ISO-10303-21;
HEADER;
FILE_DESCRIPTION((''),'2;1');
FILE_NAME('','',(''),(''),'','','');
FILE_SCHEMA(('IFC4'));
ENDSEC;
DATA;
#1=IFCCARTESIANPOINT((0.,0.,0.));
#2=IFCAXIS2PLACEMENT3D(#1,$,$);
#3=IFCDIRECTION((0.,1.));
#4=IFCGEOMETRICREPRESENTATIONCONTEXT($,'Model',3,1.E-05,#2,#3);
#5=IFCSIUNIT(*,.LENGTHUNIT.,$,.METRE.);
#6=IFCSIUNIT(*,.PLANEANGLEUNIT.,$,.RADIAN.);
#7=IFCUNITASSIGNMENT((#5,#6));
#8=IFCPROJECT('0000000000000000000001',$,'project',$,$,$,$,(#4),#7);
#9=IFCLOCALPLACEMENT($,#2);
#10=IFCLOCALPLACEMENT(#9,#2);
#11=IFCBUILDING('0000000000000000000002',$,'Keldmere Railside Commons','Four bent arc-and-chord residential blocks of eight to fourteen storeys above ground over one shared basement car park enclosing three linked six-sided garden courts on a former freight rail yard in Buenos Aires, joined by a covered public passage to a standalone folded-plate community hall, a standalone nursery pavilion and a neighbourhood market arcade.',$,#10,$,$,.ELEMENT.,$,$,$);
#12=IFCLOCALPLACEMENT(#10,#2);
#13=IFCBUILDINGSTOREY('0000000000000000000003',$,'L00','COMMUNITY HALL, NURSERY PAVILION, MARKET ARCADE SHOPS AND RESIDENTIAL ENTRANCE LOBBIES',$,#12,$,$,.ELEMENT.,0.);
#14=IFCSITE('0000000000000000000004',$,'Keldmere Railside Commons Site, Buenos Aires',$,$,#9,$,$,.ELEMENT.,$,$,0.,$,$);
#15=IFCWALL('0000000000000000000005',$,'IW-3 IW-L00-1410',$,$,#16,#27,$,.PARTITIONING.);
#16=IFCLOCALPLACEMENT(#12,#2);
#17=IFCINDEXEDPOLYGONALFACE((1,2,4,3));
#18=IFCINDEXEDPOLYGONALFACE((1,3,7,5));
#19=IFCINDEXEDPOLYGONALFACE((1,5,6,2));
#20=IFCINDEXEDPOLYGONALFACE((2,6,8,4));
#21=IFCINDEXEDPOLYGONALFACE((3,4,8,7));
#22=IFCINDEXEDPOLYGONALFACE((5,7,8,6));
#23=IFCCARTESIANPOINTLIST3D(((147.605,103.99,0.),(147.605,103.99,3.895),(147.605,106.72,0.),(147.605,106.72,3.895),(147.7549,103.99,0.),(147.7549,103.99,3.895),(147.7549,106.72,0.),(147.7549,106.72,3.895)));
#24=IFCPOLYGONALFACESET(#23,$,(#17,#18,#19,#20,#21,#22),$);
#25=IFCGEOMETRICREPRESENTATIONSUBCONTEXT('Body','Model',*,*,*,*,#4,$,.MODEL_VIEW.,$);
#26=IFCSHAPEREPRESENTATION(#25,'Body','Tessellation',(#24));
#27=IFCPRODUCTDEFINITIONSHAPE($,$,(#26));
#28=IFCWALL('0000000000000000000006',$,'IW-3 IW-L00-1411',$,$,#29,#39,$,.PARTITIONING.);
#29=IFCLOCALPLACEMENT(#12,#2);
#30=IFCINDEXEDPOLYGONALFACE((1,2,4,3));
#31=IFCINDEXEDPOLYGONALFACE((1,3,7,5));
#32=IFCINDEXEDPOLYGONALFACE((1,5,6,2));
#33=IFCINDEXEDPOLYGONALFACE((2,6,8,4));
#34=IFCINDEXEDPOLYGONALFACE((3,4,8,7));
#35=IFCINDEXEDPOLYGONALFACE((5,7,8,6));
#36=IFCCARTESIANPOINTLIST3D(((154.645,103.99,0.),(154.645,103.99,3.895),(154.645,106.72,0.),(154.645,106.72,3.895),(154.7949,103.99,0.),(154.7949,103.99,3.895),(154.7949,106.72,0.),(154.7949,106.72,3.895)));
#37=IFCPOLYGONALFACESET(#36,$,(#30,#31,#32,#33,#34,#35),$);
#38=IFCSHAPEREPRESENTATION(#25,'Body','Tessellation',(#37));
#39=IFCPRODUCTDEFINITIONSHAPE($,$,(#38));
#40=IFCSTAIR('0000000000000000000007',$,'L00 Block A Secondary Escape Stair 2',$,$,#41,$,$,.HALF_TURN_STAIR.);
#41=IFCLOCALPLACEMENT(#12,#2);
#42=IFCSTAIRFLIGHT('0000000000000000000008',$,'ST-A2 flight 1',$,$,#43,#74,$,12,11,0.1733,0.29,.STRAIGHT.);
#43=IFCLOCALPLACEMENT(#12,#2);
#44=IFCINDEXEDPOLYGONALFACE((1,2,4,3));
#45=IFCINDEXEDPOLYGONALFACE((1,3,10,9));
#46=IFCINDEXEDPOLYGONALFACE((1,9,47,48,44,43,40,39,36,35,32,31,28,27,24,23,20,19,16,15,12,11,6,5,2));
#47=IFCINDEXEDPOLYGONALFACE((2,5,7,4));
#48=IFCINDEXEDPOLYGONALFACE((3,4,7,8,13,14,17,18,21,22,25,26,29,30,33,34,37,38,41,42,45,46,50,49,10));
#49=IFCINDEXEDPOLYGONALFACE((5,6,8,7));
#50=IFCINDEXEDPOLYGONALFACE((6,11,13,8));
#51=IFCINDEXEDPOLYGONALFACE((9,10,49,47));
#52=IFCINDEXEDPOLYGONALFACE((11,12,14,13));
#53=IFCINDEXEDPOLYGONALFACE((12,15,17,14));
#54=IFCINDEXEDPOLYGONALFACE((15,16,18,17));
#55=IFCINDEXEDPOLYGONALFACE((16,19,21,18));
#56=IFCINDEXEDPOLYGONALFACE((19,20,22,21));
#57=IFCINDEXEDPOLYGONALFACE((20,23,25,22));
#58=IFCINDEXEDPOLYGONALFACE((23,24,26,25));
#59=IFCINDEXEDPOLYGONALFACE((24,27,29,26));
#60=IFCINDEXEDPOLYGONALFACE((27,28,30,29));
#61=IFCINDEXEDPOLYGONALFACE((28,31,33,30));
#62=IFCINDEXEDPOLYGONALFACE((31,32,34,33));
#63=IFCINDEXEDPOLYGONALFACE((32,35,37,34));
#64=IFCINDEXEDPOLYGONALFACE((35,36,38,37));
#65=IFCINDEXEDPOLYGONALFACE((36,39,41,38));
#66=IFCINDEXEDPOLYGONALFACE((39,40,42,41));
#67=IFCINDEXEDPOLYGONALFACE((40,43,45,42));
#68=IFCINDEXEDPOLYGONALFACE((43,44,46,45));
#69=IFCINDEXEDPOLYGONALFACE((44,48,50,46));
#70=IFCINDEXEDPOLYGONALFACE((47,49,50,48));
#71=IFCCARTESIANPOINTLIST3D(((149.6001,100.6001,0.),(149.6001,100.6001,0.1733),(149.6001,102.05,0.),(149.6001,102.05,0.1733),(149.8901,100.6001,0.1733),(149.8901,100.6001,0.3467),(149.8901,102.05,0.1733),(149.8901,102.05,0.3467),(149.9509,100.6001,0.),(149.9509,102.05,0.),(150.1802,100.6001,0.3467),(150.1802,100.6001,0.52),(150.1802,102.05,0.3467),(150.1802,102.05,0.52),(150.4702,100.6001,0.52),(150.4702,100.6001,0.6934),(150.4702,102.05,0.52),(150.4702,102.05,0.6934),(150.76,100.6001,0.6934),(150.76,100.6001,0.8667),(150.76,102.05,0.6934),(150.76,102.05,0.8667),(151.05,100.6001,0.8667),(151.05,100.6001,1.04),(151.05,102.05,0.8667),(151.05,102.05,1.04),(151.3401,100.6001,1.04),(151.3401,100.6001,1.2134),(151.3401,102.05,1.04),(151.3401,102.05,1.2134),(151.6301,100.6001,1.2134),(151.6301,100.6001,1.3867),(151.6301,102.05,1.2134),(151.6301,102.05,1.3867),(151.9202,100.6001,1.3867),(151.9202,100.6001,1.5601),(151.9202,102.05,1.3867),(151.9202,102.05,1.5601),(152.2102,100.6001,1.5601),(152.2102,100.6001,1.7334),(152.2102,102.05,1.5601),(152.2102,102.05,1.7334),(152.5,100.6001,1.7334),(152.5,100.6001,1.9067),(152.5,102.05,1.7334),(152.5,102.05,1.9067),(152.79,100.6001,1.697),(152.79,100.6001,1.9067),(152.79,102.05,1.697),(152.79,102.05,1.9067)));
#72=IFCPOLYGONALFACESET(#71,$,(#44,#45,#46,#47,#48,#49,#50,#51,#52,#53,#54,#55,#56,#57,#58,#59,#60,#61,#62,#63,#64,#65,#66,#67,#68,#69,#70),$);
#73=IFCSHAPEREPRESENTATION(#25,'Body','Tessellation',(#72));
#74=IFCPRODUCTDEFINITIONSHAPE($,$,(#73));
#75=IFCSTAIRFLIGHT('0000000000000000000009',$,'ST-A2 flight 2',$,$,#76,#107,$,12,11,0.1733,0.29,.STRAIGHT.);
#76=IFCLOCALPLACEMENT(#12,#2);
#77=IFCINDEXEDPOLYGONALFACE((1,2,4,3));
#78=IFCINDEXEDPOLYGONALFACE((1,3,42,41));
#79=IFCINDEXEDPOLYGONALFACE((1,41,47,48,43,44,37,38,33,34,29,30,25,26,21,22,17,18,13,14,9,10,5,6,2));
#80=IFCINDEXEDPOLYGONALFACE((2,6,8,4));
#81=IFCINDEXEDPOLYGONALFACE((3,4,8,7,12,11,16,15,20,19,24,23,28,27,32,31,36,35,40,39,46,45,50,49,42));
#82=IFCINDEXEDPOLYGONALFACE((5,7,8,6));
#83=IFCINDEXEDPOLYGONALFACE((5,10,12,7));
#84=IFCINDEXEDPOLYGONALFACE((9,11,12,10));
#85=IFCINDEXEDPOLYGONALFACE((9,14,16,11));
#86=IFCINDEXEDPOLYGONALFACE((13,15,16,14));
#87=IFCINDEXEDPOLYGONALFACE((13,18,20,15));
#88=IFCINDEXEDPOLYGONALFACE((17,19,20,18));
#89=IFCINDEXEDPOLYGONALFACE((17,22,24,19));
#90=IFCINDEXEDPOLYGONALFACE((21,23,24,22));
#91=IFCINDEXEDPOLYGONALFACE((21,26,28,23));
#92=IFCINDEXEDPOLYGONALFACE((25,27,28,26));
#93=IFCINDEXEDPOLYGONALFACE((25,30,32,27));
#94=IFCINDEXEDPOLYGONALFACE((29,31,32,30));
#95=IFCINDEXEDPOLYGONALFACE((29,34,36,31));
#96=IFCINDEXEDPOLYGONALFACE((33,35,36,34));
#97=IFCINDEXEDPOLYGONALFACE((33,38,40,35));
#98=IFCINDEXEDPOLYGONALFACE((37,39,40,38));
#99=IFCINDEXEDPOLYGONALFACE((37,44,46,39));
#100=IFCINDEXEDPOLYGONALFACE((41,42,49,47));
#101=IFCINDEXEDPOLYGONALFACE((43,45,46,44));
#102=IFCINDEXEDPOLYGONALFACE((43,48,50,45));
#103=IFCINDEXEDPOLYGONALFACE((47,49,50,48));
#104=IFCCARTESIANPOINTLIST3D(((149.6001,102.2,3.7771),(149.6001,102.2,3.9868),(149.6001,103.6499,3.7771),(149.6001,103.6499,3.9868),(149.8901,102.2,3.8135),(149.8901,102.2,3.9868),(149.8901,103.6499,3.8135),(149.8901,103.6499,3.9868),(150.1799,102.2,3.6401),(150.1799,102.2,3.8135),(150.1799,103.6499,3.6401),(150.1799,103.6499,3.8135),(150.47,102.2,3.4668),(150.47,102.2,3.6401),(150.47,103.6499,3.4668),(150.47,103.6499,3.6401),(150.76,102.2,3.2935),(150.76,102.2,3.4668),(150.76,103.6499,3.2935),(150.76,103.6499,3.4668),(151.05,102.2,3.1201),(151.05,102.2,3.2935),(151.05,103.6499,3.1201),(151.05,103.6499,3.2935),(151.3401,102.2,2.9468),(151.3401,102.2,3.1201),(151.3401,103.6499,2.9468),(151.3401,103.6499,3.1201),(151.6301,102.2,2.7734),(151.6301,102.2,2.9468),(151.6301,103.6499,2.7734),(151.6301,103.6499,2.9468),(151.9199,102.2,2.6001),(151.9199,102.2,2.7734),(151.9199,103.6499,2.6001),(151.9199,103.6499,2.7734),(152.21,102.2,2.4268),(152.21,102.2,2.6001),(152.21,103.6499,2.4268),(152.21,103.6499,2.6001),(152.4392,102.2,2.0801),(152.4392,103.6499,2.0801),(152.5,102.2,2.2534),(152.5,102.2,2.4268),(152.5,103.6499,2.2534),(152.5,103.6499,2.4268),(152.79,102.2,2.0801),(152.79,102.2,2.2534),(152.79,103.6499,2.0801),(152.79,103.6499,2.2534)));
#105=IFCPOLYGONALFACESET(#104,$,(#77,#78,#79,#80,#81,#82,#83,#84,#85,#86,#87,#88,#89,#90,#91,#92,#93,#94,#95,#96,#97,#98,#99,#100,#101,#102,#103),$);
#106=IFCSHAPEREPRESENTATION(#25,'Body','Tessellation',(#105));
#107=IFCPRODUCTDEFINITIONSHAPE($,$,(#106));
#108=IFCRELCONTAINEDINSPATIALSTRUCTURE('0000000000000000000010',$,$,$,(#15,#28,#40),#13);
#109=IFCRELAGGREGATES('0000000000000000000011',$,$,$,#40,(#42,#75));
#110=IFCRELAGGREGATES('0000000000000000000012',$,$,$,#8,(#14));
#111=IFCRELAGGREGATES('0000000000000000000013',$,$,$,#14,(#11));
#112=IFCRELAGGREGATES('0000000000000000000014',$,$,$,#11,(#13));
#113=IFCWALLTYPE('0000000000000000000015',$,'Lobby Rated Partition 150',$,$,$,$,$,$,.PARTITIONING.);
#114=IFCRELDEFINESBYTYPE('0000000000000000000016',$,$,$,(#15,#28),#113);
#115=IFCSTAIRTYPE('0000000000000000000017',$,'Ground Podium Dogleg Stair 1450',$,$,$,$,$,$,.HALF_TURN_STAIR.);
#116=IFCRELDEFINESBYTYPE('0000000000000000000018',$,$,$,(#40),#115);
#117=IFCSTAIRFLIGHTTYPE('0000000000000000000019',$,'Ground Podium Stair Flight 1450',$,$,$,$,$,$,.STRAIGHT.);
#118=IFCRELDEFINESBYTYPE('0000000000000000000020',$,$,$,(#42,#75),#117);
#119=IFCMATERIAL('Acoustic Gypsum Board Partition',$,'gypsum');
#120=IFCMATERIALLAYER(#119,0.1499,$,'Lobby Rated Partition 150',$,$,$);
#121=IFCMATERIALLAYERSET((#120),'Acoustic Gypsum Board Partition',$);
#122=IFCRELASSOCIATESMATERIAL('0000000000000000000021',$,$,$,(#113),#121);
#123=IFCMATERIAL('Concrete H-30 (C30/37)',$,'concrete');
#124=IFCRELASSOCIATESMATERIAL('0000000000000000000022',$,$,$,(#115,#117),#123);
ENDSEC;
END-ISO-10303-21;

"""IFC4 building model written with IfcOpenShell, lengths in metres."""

from ifc_helpers import new_model, si_unit, direction, frame, frame_2d, origin, place, context, subcontext, project, spatial, polyline, rectangle, outline, extrude, material, layer, layer_set, type_object, element, aggregate, save


model = new_model("IFC4")

# Units and contexts
model_context = context("Model", 3, precision=1e-05, world=origin(), true_north=direction((0.0, 1.0)))
body_context = subcontext(model_context, "Body", "Model", "MODEL_VIEW")
ifc_project = project(units=[si_unit("LENGTHUNIT", "METRE"), si_unit("PLANEANGLEUNIT", "RADIAN")], contexts=[model_context])

# Site, building, storey
site_placement = place(None, origin())
site = spatial("IfcSite", under=ifc_project, at=site_placement, Name="Keldmere Railside Commons Site, Buenos Aires", CompositionType="ELEMENT", RefElevation=0.0)
building_placement = place(site_placement, origin())
building = spatial("IfcBuilding", under=site, at=building_placement, Name="Keldmere Railside Commons", Description="Four bent arc-and-chord residential blocks of eight to fourteen storeys above ground over one shared basement car park enclosing three linked six-sided garden courts on a former freight rail yard in Buenos Aires, joined by a covered public passage to a standalone folded-plate community hall, a standalone nursery pavilion and a neighbourhood market arcade.", CompositionType="ELEMENT")
storey_placement = place(building_placement, origin())
storey = spatial("IfcBuildingStorey", under=building, at=storey_placement, Name="L00", Description="COMMUNITY HALL, NURSERY PAVILION, MARKET ARCADE SHOPS AND RESIDENTIAL ENTRANCE LOBBIES", CompositionType="ELEMENT", Elevation=0.0)

# Shared definitions
ifc_material_1 = material(Name="Concrete H-30 (C30/37)", Category="concrete")

# Walls
ifc_material_2 = material(Name="Acoustic Gypsum Board Partition", Category="gypsum")
ifc_layer_1 = layer(ifc_material_2, 0.1499, Name="Lobby Rated Partition 150")
ifc_layer_set_1 = layer_set([ifc_layer_1], Name="Acoustic Gypsum Board Partition")
wall_type_1 = type_object("IfcWallType", Name="Lobby Rated Partition 150", PredefinedType="PARTITIONING", material=ifc_layer_set_1)
for number, where, z_axis, x_axis, name in (
    (1, (147.6799, 103.99, 0.0), (0.0, 0.0, 1.0), (0.0, 1.0, 0.0), "IW-3 IW-L00-1410"),
    (2, (154.72, 103.99, 0.0), (0.0, 0.0, 1.0), (0.0, 1.0, 0.0), "IW-3 IW-L00-1411"),
):
    element("IfcWall", number, at=place(storey_placement, frame(where, z_axis=z_axis, x_axis=x_axis)), inside=storey, type_object=wall_type_1, Name=name, PredefinedType="PARTITIONING", context=body_context, shape_type="SweptSolid", body=[
        extrude(rectangle(XDim=2.73, YDim=0.1499, at=frame_2d((1.365, 0.0))), origin(), (0.0, 0.0, 1.0), 3.895),
    ])

# Stair, stair flights
stair_type = type_object("IfcStairType", Name="Ground Podium Dogleg Stair 1450", PredefinedType="HALF_TURN_STAIR", material=ifc_material_1)
stair_placement = place(storey_placement, origin())
stair = element("IfcStair", 3, at=stair_placement, inside=storey, type_object=stair_type, Name="L00 Block A Secondary Escape Stair 2", PredefinedType="HALF_TURN_STAIR")
stair_flight_type = type_object("IfcStairFlightType", Name="Ground Podium Stair Flight 1450", PredefinedType="STRAIGHT", material=ifc_material_1)
stair_flight_1_placement = place(storey_placement, frame((149.6001, 101.325, 0.0), z_axis=(0.0, 0.0, 1.0), x_axis=(1.0, 0.0, 0.0)))
stair_flight_1 = element("IfcStairFlight", 4, at=stair_flight_1_placement, type_object=stair_flight_type, Name="ST-A2 flight 1", NumberOfRisers=12, NumberOfTreads=11, PredefinedType="STRAIGHT", RiserHeight=0.1733, TreadLength=0.29, context=body_context, shape_type="SweptSolid", body=[
    extrude(outline(polyline([(0.0, 0.0), (0.0, 0.1733), (0.29, 0.1733), (0.29, 0.3467), (0.5801, 0.3467), (0.5801, 0.52), (0.8701, 0.52), (0.8701, 0.6934), (1.1599, 0.6934), (1.1599, 0.8667), (1.45, 0.8667), (1.45, 1.04), (1.74, 1.04), (1.74, 1.2134), (2.03, 1.2134), (2.03, 1.3867), (2.3201, 1.3867), (2.3201, 1.5601), (2.6101, 1.5601), (2.6101, 1.7334), (2.8999, 1.7334), (2.8999, 1.9067), (3.1899, 1.9067), (3.1899, 2.0801), (3.1899, 1.697), (0.3508, 0.0), (0.0, 0.0)])), frame((0.0, 0.7251, 0.0), z_axis=(0.0, -1.0, 0.0), x_axis=(1.0, 0.0, 0.0)), (0.0, 0.0, 1.0), 1.45),
])
stair_flight_2_placement = place(storey_placement, frame((152.79, 102.925, 2.0801), z_axis=(0.0, 0.0, 1.0), x_axis=(-1.0, 0.0, 0.0)))
stair_flight_2 = element("IfcStairFlight", 5, at=stair_flight_2_placement, type_object=stair_flight_type, Name="ST-A2 flight 2", NumberOfRisers=12, NumberOfTreads=11, PredefinedType="STRAIGHT", RiserHeight=0.1733, TreadLength=0.29, context=body_context, shape_type="SweptSolid", body=[
    extrude(outline(polyline([(0.0, 0.0), (0.0, 0.1733), (0.29, 0.1733), (0.29, 0.3467), (0.5801, 0.3467), (0.5801, 0.52), (0.8701, 0.52), (0.8701, 0.6934), (1.1599, 0.6934), (1.1599, 0.8667), (1.45, 0.8667), (1.45, 1.04), (1.74, 1.04), (1.74, 1.2134), (2.03, 1.2134), (2.03, 1.3867), (2.3201, 1.3867), (2.3201, 1.5601), (2.6101, 1.5601), (2.6101, 1.7334), (2.8999, 1.7334), (2.8999, 1.9067), (3.1899, 1.9067), (3.1899, 2.0801), (3.1899, 1.697), (0.3508, 0.0), (0.0, 0.0)])), frame((0.0, 0.7251, 0.0), z_axis=(0.0, -1.0, 0.0), x_axis=(1.0, 0.0, 0.0)), (0.0, 0.0, 1.0), 1.45),
])
aggregate(stair, [stair_flight_1, stair_flight_2])

save(model, "model.ifc")
